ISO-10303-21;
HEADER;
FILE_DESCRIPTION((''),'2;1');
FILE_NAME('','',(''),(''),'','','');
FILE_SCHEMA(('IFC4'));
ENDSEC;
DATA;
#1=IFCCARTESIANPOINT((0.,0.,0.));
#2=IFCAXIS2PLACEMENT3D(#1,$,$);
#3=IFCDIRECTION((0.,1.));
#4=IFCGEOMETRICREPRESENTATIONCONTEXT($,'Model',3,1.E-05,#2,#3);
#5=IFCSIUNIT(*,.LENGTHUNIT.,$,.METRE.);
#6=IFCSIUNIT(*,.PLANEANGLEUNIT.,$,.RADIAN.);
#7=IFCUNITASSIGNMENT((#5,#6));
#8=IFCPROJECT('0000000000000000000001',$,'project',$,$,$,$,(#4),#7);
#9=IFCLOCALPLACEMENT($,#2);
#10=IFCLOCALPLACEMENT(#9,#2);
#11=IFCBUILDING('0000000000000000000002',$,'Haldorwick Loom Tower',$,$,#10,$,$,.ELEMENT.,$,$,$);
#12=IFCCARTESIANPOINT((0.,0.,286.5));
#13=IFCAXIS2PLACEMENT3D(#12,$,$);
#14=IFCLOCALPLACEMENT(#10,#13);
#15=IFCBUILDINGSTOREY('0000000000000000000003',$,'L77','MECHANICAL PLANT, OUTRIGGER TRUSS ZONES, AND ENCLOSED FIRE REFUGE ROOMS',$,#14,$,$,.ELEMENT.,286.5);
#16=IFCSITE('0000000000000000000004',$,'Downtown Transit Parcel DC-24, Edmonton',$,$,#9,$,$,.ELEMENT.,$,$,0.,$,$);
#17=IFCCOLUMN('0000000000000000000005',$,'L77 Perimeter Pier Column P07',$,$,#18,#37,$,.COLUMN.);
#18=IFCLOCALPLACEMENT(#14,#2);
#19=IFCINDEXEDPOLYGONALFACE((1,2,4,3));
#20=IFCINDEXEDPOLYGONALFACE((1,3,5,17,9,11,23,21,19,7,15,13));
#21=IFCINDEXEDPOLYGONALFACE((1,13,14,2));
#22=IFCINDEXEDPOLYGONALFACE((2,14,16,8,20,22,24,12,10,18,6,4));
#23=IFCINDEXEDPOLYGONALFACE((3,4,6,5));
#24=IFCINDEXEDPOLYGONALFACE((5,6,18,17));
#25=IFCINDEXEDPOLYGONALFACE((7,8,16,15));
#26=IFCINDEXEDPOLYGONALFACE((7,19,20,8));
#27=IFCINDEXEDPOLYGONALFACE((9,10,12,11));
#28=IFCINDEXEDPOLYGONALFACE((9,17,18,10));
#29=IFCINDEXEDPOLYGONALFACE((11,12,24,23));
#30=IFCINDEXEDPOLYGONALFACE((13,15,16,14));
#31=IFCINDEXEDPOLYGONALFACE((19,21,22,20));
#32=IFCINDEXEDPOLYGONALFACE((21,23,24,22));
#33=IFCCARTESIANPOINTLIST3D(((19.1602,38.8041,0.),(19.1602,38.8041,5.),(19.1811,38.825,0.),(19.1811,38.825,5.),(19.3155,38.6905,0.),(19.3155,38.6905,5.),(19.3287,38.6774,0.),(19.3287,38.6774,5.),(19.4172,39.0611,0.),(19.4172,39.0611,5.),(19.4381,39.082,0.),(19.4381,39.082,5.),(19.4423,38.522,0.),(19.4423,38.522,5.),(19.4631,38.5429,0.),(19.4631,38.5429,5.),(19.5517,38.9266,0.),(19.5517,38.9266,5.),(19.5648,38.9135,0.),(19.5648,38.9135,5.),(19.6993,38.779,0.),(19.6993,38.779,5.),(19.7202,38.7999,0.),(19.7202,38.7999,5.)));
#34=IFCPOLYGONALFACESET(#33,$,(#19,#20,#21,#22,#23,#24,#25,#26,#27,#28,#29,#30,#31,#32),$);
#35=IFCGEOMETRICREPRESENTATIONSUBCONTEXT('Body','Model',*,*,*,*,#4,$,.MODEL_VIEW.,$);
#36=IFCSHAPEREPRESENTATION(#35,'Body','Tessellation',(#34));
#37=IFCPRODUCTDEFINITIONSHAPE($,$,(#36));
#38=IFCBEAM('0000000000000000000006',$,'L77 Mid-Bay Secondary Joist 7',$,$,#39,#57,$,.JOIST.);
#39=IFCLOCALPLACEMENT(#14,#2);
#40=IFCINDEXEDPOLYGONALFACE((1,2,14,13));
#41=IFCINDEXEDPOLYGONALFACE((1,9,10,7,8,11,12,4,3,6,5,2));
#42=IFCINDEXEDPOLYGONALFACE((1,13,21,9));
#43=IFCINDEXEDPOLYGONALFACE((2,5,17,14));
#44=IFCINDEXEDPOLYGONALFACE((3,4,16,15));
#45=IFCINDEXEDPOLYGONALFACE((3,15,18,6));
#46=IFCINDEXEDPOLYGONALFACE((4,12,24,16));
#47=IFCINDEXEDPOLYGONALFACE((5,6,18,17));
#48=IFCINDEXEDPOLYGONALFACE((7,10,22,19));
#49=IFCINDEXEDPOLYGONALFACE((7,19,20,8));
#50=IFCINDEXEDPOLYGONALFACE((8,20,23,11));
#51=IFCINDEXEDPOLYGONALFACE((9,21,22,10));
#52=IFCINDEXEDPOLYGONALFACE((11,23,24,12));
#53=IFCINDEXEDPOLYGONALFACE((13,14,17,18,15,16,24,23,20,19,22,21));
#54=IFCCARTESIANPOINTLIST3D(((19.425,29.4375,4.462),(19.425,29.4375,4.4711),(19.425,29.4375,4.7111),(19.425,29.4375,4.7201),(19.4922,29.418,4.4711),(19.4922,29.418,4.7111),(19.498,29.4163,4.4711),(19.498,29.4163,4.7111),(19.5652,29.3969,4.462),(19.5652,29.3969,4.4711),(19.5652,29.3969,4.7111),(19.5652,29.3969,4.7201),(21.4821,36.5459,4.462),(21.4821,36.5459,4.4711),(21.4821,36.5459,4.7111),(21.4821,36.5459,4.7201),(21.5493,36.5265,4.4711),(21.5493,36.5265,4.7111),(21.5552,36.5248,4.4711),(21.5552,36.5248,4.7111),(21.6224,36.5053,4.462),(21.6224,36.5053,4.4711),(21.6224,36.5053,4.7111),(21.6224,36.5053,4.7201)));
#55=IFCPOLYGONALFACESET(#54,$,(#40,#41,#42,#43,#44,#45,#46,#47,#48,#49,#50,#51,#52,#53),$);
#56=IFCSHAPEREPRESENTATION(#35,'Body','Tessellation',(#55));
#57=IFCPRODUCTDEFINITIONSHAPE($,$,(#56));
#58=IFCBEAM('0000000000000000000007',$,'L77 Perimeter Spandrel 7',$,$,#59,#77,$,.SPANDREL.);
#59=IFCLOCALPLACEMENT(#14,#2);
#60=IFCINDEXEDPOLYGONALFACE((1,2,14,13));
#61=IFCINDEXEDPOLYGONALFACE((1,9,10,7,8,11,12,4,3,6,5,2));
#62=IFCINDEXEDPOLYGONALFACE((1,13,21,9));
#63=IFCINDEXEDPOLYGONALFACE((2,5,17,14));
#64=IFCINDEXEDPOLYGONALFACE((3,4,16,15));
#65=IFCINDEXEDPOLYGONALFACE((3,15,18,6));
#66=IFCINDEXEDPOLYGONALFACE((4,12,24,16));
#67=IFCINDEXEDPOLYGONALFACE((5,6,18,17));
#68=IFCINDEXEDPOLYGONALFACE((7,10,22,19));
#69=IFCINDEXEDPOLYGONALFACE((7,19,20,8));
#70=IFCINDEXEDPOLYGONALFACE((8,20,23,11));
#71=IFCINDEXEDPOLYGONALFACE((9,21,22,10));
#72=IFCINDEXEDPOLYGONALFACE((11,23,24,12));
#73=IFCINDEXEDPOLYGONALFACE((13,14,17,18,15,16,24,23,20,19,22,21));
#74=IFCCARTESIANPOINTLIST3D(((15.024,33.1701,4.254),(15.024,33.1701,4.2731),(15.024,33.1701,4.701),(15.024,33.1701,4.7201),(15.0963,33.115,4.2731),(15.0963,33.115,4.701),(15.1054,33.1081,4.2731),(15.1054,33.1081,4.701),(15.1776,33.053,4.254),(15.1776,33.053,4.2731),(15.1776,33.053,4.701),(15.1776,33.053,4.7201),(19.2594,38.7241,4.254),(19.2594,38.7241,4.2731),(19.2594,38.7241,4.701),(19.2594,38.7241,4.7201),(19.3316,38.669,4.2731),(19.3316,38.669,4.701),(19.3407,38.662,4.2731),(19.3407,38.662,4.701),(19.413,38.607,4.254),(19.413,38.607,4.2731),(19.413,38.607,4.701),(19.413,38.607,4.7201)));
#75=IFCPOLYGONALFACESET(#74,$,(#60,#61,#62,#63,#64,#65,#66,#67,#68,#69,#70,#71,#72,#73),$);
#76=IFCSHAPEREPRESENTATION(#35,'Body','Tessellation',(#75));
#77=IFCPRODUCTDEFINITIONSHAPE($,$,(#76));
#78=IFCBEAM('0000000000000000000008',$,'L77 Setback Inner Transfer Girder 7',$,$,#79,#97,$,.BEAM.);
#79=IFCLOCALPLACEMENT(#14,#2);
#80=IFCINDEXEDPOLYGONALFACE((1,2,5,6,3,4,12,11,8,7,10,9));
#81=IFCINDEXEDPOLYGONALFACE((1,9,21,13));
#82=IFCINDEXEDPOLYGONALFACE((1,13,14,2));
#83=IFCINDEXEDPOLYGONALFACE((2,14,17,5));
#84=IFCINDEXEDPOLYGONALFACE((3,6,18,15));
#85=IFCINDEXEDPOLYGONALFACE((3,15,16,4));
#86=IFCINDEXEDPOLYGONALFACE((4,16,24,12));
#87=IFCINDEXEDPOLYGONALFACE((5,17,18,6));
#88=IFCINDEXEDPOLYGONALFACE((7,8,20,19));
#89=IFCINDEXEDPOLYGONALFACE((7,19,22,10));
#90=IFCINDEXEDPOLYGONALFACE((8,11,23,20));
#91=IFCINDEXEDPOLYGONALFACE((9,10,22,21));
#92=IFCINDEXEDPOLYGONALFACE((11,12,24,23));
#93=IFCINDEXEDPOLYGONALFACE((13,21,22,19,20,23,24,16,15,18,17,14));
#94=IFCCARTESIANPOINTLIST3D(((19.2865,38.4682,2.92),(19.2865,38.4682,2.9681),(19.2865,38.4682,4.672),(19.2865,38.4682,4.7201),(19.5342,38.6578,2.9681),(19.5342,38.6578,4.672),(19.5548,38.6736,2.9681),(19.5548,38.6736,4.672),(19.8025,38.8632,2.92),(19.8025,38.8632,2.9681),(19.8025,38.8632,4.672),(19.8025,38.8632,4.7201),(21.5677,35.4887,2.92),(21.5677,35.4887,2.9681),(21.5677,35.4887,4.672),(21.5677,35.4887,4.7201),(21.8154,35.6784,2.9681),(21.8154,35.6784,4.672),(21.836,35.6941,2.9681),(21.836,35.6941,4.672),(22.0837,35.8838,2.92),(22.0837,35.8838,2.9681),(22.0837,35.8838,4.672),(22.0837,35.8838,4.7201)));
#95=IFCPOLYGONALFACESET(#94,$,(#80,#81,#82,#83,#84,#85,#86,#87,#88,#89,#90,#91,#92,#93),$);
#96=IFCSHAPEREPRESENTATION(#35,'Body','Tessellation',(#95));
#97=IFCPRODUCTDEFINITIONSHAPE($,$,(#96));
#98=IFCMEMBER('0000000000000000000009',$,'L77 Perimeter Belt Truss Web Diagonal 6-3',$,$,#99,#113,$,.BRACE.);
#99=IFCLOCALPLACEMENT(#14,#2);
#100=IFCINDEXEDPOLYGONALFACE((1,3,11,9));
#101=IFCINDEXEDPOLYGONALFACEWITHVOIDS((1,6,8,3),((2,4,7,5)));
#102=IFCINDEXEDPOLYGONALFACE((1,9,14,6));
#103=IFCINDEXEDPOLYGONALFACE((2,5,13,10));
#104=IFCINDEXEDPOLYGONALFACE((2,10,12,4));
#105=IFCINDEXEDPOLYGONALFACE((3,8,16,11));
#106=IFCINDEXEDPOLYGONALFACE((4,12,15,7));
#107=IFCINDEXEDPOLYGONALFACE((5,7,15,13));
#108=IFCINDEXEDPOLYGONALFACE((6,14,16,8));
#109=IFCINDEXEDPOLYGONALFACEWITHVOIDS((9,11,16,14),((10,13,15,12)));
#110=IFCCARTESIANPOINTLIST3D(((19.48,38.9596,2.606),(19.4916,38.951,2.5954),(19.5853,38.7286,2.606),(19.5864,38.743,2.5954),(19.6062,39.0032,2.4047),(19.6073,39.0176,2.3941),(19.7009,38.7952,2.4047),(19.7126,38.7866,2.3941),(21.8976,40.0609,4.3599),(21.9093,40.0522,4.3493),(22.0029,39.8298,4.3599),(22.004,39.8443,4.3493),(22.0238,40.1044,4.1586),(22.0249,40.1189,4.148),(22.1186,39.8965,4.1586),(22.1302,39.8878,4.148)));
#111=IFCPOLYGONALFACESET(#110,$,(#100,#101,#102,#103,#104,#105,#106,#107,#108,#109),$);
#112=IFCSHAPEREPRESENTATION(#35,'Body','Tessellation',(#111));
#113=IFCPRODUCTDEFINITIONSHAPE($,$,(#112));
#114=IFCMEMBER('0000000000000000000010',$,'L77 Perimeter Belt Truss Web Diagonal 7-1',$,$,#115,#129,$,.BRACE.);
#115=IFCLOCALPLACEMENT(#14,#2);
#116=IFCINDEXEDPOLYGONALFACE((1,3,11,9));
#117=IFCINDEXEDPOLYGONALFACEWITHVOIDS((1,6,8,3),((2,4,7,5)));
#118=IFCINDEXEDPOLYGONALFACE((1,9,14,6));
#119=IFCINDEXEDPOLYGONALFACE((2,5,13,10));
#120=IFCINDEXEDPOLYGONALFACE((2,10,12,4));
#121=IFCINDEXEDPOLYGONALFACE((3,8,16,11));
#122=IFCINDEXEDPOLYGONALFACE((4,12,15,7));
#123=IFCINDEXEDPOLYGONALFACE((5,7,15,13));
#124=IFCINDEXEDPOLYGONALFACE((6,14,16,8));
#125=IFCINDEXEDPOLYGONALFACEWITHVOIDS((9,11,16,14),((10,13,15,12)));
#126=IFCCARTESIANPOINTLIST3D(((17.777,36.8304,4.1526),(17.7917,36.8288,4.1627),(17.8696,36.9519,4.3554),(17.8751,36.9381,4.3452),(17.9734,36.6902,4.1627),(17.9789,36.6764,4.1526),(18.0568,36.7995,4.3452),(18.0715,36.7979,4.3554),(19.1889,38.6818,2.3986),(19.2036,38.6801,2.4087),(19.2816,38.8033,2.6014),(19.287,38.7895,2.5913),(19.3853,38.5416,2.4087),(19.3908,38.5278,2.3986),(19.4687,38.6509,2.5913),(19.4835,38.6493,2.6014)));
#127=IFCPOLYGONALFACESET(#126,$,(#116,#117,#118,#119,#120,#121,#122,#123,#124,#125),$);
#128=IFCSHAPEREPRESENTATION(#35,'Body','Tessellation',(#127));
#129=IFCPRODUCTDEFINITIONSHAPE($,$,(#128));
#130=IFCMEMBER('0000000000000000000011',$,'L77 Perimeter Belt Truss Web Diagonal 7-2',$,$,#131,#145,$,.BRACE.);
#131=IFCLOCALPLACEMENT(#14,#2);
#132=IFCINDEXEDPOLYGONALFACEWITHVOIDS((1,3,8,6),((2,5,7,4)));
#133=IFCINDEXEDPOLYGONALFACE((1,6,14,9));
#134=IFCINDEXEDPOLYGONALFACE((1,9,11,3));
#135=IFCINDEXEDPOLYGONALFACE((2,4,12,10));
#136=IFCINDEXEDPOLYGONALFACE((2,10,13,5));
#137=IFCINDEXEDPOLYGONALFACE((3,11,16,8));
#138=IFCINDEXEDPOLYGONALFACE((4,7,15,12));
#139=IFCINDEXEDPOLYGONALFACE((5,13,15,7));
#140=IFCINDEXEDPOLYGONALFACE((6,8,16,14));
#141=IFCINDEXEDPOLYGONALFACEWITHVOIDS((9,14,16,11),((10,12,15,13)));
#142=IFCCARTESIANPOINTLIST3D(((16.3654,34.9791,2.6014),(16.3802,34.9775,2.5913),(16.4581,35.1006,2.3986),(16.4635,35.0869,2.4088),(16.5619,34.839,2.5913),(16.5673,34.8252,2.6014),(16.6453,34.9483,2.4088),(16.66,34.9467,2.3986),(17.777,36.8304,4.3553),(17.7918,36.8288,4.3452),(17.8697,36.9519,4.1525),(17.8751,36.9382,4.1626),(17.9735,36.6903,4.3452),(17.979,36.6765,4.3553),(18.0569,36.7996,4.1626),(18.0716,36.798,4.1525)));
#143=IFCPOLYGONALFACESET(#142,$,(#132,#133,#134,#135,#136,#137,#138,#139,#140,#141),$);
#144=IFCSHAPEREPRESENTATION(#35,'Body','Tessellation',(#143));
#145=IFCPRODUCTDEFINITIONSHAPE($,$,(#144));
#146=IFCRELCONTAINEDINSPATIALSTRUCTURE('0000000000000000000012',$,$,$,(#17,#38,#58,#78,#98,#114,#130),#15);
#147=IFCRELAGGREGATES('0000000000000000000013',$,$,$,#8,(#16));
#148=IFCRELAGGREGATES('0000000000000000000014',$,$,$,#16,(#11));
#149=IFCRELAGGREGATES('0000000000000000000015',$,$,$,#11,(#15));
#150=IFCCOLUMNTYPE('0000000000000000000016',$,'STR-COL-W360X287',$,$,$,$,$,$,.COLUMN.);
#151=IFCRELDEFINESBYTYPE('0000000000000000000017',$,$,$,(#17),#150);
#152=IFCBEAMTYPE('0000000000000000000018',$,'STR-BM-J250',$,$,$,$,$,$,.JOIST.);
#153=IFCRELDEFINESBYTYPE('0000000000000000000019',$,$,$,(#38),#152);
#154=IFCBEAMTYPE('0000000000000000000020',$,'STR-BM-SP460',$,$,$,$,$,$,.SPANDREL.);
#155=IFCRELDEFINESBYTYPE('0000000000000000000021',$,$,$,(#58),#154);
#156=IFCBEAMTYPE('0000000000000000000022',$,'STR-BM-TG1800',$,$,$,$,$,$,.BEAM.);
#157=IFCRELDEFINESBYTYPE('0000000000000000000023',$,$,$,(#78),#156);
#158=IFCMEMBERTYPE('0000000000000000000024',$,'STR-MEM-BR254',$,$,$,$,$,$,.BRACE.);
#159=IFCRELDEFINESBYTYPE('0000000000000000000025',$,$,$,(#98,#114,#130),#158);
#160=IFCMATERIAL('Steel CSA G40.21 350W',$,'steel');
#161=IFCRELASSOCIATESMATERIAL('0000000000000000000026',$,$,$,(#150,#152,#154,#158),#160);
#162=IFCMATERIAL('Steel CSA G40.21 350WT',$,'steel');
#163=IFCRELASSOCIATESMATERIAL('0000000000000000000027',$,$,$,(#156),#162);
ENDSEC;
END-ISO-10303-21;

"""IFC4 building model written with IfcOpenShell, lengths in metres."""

from ifc_helpers import new_model, si_unit, direction, frame, origin, origin_2d, place, context, subcontext, project, spatial, hollow_rectangle, i_section, extrude, material, material_profile, profile_set, type_object, element, save


model = new_model("IFC4")

# Units and contexts
model_context = context("Model", 3, precision=1e-05, world=origin(), true_north=direction((0.0, 1.0)))
body_context = subcontext(model_context, "Body", "Model", "MODEL_VIEW")
ifc_project = project(units=[si_unit("LENGTHUNIT", "METRE"), si_unit("PLANEANGLEUNIT", "RADIAN")], contexts=[model_context])

# Site, building, storey
site_placement = place(None, origin())
site = spatial("IfcSite", under=ifc_project, at=site_placement, Name="Downtown Transit Parcel DC-24, Edmonton", CompositionType="ELEMENT", RefElevation=0.0)
building_placement = place(site_placement, origin())
building = spatial("IfcBuilding", under=site, at=building_placement, Name="Haldorwick Loom Tower", CompositionType="ELEMENT")
storey_placement = place(building_placement, frame((0.0, 0.0, 286.5)))
storey = spatial("IfcBuildingStorey", under=building, at=storey_placement, Name="L77", Description="MECHANICAL PLANT, OUTRIGGER TRUSS ZONES, AND ENCLOSED FIRE REFUGE ROOMS", CompositionType="ELEMENT", Elevation=286.5)

# Column
ifc_material_1 = material(Name="Steel CSA G40.21 350W", Category="steel")
ifc_material_profile_1 = material_profile(ifc_material_1, i_section(OverallWidth=0.3989, OverallDepth=0.3931, WebThickness=0.0186, FlangeThickness=0.0295, at=origin_2d()), Name="W360X287", Category="steel")
ifc_profile_set_1 = profile_set([ifc_material_profile_1], Name="Steel CSA G40.21 350W")
column_type = type_object("IfcColumnType", Name="STR-COL-W360X287", PredefinedType="COLUMN", material=ifc_profile_set_1)
column_placement = place(storey_placement, frame((19.4402, 38.802, 0.0), z_axis=(0.0, 0.0, 1.0), x_axis=(-0.707107, 0.707107, 0.0)))
element("IfcColumn", 1, at=column_placement, inside=storey, type_object=column_type, Name="L77 Perimeter Pier Column P07", PredefinedType="COLUMN", context=body_context, shape_type="SweptSolid", body=[
    extrude(i_section(OverallWidth=0.3989, OverallDepth=0.3931, WebThickness=0.0186, FlangeThickness=0.0295, at=origin_2d()), origin(), (0.0, 0.0, 1.0), 5.0),
])

# Beams
ifc_material_profile_2 = material_profile(ifc_material_1, i_section(OverallWidth=0.146, OverallDepth=0.2581, WebThickness=0.0061, FlangeThickness=0.009, at=origin_2d()), Name="W250X33", Category="steel")
ifc_profile_set_2 = profile_set([ifc_material_profile_2], Name="Steel CSA G40.21 350W")
beam_type_1 = type_object("IfcBeamType", Name="STR-BM-J250", PredefinedType="JOIST", material=ifc_profile_set_2)
beam_1_placement = place(storey_placement, frame((21.5522, 36.5256, 4.5911), z_axis=(-0.277988, -0.960585, 0.0), x_axis=(0.960585, -0.277988, 0.0)))
element("IfcBeam", 2, at=beam_1_placement, inside=storey, type_object=beam_type_1, Name="L77 Mid-Bay Secondary Joist 7", PredefinedType="JOIST", context=body_context, shape_type="SweptSolid", body=[
    extrude(i_section(OverallWidth=0.146, OverallDepth=0.2581, WebThickness=0.0061, FlangeThickness=0.009, at=origin_2d()), origin(), (0.0, 0.0, 1.0), 7.4001),
])
ifc_material_profile_3 = material_profile(ifc_material_1, i_section(OverallWidth=0.1931, OverallDepth=0.4661, WebThickness=0.0115, FlangeThickness=0.019, at=origin_2d()), Name="W460X97", Category="steel")
ifc_profile_set_3 = profile_set([ifc_material_profile_3], Name="Steel CSA G40.21 350W")
beam_type_2 = type_object("IfcBeamType", Name="STR-BM-SP460", PredefinedType="SPANDREL", material=ifc_profile_set_3)
beam_2_placement = place(storey_placement, frame((19.3362, 38.6655, 4.4871), z_axis=(-0.606384, -0.795172, 0.0), x_axis=(0.795172, -0.606384, 0.0)))
element("IfcBeam", 3, at=beam_2_placement, inside=storey, type_object=beam_type_2, Name="L77 Perimeter Spandrel 7", PredefinedType="SPANDREL", context=body_context, shape_type="SweptSolid", body=[
    extrude(i_section(OverallWidth=0.1931, OverallDepth=0.4661, WebThickness=0.0115, FlangeThickness=0.019, at=origin_2d()), origin(), (0.0, 0.0, 1.0), 6.9846),
])
ifc_material_2 = material(Name="Steel CSA G40.21 350WT", Category="steel")
ifc_material_profile_4 = material_profile(ifc_material_2, i_section(OverallWidth=0.6499, OverallDepth=1.8, WebThickness=0.0259, FlangeThickness=0.0481, at=origin_2d()), Name="WWF1800X650", Category="steel")
ifc_profile_set_4 = profile_set([ifc_material_profile_4], Name="Steel CSA G40.21 350WT")
beam_type_3 = type_object("IfcBeamType", Name="STR-BM-TG1800", PredefinedType="BEAM", material=ifc_profile_set_4)
beam_3_placement = place(storey_placement, frame((21.8257, 35.6863, 3.8201), z_axis=(-0.607923, 0.793996, 0.0), x_axis=(-0.793996, -0.607923, 0.0)))
element("IfcBeam", 4, at=beam_3_placement, inside=storey, type_object=beam_type_3, Name="L77 Setback Inner Transfer Girder 7", PredefinedType="BEAM", context=body_context, shape_type="SweptSolid", body=[
    extrude(i_section(OverallWidth=0.6499, OverallDepth=1.8, WebThickness=0.0259, FlangeThickness=0.0481, at=origin_2d()), origin(), (0.0, 0.0, 1.0), 3.7524),
])

# Members
ifc_material_profile_5 = material_profile(ifc_material_1, hollow_rectangle(XDim=0.2539, YDim=0.2539, WallThickness=0.0127, at=origin_2d()), Name="HSS254X254X13", Category="steel")
ifc_profile_set_5 = profile_set([ifc_material_profile_5], Name="Steel CSA G40.21 350W")
member_type_1 = type_object("IfcMemberType", Name="STR-MEM-BR254", PredefinedType="BRACE", material=ifc_profile_set_5)
member_1_placement = place(storey_placement, frame((22.0139, 39.9744, 4.2539), z_axis=(-0.759462, -0.345949, -0.550942), x_axis=(0.414537, -0.910033, 0.0)))
element("IfcMember", 5, at=member_1_placement, inside=storey, type_object=member_type_1, Name="L77 Perimeter Belt Truss Web Diagonal 6-3", PredefinedType="BRACE", context=body_context, shape_type="SweptSolid", body=[
    extrude(hollow_rectangle(XDim=0.2539, YDim=0.2539, WallThickness=0.0127, at=origin_2d()), origin(), (0.0, 0.0, 1.0), 3.1833),
])
member_2_placement = place(storey_placement, frame((19.3362, 38.6655, 2.5), z_axis=(-0.484353, -0.635112, 0.601694), x_axis=(0.795155, -0.606406, 0.0)))
element("IfcMember", 6, at=member_2_placement, inside=storey, type_object=member_type_1, Name="L77 Perimeter Belt Truss Web Diagonal 7-1", PredefinedType="BRACE", context=body_context, shape_type="SweptSolid", body=[
    extrude(hollow_rectangle(XDim=0.2539, YDim=0.2539, WallThickness=0.0127, at=origin_2d()), origin(), (0.0, 0.0, 1.0), 2.915),
])
member_3_placement = place(storey_placement, frame((17.9243, 36.8142, 4.2539), z_axis=(-0.484289, -0.635137, -0.601718), x_axis=(0.795205, -0.60634, 0.0)))
element("IfcMember", 7, at=member_3_placement, inside=storey, type_object=member_type_1, Name="L77 Perimeter Belt Truss Web Diagonal 7-2", PredefinedType="BRACE", context=body_context, shape_type="SweptSolid", body=[
    extrude(hollow_rectangle(XDim=0.2539, YDim=0.2539, WallThickness=0.0127, at=origin_2d()), origin(), (0.0, 0.0, 1.0), 2.9148),
])

save(model, "model.ifc")
